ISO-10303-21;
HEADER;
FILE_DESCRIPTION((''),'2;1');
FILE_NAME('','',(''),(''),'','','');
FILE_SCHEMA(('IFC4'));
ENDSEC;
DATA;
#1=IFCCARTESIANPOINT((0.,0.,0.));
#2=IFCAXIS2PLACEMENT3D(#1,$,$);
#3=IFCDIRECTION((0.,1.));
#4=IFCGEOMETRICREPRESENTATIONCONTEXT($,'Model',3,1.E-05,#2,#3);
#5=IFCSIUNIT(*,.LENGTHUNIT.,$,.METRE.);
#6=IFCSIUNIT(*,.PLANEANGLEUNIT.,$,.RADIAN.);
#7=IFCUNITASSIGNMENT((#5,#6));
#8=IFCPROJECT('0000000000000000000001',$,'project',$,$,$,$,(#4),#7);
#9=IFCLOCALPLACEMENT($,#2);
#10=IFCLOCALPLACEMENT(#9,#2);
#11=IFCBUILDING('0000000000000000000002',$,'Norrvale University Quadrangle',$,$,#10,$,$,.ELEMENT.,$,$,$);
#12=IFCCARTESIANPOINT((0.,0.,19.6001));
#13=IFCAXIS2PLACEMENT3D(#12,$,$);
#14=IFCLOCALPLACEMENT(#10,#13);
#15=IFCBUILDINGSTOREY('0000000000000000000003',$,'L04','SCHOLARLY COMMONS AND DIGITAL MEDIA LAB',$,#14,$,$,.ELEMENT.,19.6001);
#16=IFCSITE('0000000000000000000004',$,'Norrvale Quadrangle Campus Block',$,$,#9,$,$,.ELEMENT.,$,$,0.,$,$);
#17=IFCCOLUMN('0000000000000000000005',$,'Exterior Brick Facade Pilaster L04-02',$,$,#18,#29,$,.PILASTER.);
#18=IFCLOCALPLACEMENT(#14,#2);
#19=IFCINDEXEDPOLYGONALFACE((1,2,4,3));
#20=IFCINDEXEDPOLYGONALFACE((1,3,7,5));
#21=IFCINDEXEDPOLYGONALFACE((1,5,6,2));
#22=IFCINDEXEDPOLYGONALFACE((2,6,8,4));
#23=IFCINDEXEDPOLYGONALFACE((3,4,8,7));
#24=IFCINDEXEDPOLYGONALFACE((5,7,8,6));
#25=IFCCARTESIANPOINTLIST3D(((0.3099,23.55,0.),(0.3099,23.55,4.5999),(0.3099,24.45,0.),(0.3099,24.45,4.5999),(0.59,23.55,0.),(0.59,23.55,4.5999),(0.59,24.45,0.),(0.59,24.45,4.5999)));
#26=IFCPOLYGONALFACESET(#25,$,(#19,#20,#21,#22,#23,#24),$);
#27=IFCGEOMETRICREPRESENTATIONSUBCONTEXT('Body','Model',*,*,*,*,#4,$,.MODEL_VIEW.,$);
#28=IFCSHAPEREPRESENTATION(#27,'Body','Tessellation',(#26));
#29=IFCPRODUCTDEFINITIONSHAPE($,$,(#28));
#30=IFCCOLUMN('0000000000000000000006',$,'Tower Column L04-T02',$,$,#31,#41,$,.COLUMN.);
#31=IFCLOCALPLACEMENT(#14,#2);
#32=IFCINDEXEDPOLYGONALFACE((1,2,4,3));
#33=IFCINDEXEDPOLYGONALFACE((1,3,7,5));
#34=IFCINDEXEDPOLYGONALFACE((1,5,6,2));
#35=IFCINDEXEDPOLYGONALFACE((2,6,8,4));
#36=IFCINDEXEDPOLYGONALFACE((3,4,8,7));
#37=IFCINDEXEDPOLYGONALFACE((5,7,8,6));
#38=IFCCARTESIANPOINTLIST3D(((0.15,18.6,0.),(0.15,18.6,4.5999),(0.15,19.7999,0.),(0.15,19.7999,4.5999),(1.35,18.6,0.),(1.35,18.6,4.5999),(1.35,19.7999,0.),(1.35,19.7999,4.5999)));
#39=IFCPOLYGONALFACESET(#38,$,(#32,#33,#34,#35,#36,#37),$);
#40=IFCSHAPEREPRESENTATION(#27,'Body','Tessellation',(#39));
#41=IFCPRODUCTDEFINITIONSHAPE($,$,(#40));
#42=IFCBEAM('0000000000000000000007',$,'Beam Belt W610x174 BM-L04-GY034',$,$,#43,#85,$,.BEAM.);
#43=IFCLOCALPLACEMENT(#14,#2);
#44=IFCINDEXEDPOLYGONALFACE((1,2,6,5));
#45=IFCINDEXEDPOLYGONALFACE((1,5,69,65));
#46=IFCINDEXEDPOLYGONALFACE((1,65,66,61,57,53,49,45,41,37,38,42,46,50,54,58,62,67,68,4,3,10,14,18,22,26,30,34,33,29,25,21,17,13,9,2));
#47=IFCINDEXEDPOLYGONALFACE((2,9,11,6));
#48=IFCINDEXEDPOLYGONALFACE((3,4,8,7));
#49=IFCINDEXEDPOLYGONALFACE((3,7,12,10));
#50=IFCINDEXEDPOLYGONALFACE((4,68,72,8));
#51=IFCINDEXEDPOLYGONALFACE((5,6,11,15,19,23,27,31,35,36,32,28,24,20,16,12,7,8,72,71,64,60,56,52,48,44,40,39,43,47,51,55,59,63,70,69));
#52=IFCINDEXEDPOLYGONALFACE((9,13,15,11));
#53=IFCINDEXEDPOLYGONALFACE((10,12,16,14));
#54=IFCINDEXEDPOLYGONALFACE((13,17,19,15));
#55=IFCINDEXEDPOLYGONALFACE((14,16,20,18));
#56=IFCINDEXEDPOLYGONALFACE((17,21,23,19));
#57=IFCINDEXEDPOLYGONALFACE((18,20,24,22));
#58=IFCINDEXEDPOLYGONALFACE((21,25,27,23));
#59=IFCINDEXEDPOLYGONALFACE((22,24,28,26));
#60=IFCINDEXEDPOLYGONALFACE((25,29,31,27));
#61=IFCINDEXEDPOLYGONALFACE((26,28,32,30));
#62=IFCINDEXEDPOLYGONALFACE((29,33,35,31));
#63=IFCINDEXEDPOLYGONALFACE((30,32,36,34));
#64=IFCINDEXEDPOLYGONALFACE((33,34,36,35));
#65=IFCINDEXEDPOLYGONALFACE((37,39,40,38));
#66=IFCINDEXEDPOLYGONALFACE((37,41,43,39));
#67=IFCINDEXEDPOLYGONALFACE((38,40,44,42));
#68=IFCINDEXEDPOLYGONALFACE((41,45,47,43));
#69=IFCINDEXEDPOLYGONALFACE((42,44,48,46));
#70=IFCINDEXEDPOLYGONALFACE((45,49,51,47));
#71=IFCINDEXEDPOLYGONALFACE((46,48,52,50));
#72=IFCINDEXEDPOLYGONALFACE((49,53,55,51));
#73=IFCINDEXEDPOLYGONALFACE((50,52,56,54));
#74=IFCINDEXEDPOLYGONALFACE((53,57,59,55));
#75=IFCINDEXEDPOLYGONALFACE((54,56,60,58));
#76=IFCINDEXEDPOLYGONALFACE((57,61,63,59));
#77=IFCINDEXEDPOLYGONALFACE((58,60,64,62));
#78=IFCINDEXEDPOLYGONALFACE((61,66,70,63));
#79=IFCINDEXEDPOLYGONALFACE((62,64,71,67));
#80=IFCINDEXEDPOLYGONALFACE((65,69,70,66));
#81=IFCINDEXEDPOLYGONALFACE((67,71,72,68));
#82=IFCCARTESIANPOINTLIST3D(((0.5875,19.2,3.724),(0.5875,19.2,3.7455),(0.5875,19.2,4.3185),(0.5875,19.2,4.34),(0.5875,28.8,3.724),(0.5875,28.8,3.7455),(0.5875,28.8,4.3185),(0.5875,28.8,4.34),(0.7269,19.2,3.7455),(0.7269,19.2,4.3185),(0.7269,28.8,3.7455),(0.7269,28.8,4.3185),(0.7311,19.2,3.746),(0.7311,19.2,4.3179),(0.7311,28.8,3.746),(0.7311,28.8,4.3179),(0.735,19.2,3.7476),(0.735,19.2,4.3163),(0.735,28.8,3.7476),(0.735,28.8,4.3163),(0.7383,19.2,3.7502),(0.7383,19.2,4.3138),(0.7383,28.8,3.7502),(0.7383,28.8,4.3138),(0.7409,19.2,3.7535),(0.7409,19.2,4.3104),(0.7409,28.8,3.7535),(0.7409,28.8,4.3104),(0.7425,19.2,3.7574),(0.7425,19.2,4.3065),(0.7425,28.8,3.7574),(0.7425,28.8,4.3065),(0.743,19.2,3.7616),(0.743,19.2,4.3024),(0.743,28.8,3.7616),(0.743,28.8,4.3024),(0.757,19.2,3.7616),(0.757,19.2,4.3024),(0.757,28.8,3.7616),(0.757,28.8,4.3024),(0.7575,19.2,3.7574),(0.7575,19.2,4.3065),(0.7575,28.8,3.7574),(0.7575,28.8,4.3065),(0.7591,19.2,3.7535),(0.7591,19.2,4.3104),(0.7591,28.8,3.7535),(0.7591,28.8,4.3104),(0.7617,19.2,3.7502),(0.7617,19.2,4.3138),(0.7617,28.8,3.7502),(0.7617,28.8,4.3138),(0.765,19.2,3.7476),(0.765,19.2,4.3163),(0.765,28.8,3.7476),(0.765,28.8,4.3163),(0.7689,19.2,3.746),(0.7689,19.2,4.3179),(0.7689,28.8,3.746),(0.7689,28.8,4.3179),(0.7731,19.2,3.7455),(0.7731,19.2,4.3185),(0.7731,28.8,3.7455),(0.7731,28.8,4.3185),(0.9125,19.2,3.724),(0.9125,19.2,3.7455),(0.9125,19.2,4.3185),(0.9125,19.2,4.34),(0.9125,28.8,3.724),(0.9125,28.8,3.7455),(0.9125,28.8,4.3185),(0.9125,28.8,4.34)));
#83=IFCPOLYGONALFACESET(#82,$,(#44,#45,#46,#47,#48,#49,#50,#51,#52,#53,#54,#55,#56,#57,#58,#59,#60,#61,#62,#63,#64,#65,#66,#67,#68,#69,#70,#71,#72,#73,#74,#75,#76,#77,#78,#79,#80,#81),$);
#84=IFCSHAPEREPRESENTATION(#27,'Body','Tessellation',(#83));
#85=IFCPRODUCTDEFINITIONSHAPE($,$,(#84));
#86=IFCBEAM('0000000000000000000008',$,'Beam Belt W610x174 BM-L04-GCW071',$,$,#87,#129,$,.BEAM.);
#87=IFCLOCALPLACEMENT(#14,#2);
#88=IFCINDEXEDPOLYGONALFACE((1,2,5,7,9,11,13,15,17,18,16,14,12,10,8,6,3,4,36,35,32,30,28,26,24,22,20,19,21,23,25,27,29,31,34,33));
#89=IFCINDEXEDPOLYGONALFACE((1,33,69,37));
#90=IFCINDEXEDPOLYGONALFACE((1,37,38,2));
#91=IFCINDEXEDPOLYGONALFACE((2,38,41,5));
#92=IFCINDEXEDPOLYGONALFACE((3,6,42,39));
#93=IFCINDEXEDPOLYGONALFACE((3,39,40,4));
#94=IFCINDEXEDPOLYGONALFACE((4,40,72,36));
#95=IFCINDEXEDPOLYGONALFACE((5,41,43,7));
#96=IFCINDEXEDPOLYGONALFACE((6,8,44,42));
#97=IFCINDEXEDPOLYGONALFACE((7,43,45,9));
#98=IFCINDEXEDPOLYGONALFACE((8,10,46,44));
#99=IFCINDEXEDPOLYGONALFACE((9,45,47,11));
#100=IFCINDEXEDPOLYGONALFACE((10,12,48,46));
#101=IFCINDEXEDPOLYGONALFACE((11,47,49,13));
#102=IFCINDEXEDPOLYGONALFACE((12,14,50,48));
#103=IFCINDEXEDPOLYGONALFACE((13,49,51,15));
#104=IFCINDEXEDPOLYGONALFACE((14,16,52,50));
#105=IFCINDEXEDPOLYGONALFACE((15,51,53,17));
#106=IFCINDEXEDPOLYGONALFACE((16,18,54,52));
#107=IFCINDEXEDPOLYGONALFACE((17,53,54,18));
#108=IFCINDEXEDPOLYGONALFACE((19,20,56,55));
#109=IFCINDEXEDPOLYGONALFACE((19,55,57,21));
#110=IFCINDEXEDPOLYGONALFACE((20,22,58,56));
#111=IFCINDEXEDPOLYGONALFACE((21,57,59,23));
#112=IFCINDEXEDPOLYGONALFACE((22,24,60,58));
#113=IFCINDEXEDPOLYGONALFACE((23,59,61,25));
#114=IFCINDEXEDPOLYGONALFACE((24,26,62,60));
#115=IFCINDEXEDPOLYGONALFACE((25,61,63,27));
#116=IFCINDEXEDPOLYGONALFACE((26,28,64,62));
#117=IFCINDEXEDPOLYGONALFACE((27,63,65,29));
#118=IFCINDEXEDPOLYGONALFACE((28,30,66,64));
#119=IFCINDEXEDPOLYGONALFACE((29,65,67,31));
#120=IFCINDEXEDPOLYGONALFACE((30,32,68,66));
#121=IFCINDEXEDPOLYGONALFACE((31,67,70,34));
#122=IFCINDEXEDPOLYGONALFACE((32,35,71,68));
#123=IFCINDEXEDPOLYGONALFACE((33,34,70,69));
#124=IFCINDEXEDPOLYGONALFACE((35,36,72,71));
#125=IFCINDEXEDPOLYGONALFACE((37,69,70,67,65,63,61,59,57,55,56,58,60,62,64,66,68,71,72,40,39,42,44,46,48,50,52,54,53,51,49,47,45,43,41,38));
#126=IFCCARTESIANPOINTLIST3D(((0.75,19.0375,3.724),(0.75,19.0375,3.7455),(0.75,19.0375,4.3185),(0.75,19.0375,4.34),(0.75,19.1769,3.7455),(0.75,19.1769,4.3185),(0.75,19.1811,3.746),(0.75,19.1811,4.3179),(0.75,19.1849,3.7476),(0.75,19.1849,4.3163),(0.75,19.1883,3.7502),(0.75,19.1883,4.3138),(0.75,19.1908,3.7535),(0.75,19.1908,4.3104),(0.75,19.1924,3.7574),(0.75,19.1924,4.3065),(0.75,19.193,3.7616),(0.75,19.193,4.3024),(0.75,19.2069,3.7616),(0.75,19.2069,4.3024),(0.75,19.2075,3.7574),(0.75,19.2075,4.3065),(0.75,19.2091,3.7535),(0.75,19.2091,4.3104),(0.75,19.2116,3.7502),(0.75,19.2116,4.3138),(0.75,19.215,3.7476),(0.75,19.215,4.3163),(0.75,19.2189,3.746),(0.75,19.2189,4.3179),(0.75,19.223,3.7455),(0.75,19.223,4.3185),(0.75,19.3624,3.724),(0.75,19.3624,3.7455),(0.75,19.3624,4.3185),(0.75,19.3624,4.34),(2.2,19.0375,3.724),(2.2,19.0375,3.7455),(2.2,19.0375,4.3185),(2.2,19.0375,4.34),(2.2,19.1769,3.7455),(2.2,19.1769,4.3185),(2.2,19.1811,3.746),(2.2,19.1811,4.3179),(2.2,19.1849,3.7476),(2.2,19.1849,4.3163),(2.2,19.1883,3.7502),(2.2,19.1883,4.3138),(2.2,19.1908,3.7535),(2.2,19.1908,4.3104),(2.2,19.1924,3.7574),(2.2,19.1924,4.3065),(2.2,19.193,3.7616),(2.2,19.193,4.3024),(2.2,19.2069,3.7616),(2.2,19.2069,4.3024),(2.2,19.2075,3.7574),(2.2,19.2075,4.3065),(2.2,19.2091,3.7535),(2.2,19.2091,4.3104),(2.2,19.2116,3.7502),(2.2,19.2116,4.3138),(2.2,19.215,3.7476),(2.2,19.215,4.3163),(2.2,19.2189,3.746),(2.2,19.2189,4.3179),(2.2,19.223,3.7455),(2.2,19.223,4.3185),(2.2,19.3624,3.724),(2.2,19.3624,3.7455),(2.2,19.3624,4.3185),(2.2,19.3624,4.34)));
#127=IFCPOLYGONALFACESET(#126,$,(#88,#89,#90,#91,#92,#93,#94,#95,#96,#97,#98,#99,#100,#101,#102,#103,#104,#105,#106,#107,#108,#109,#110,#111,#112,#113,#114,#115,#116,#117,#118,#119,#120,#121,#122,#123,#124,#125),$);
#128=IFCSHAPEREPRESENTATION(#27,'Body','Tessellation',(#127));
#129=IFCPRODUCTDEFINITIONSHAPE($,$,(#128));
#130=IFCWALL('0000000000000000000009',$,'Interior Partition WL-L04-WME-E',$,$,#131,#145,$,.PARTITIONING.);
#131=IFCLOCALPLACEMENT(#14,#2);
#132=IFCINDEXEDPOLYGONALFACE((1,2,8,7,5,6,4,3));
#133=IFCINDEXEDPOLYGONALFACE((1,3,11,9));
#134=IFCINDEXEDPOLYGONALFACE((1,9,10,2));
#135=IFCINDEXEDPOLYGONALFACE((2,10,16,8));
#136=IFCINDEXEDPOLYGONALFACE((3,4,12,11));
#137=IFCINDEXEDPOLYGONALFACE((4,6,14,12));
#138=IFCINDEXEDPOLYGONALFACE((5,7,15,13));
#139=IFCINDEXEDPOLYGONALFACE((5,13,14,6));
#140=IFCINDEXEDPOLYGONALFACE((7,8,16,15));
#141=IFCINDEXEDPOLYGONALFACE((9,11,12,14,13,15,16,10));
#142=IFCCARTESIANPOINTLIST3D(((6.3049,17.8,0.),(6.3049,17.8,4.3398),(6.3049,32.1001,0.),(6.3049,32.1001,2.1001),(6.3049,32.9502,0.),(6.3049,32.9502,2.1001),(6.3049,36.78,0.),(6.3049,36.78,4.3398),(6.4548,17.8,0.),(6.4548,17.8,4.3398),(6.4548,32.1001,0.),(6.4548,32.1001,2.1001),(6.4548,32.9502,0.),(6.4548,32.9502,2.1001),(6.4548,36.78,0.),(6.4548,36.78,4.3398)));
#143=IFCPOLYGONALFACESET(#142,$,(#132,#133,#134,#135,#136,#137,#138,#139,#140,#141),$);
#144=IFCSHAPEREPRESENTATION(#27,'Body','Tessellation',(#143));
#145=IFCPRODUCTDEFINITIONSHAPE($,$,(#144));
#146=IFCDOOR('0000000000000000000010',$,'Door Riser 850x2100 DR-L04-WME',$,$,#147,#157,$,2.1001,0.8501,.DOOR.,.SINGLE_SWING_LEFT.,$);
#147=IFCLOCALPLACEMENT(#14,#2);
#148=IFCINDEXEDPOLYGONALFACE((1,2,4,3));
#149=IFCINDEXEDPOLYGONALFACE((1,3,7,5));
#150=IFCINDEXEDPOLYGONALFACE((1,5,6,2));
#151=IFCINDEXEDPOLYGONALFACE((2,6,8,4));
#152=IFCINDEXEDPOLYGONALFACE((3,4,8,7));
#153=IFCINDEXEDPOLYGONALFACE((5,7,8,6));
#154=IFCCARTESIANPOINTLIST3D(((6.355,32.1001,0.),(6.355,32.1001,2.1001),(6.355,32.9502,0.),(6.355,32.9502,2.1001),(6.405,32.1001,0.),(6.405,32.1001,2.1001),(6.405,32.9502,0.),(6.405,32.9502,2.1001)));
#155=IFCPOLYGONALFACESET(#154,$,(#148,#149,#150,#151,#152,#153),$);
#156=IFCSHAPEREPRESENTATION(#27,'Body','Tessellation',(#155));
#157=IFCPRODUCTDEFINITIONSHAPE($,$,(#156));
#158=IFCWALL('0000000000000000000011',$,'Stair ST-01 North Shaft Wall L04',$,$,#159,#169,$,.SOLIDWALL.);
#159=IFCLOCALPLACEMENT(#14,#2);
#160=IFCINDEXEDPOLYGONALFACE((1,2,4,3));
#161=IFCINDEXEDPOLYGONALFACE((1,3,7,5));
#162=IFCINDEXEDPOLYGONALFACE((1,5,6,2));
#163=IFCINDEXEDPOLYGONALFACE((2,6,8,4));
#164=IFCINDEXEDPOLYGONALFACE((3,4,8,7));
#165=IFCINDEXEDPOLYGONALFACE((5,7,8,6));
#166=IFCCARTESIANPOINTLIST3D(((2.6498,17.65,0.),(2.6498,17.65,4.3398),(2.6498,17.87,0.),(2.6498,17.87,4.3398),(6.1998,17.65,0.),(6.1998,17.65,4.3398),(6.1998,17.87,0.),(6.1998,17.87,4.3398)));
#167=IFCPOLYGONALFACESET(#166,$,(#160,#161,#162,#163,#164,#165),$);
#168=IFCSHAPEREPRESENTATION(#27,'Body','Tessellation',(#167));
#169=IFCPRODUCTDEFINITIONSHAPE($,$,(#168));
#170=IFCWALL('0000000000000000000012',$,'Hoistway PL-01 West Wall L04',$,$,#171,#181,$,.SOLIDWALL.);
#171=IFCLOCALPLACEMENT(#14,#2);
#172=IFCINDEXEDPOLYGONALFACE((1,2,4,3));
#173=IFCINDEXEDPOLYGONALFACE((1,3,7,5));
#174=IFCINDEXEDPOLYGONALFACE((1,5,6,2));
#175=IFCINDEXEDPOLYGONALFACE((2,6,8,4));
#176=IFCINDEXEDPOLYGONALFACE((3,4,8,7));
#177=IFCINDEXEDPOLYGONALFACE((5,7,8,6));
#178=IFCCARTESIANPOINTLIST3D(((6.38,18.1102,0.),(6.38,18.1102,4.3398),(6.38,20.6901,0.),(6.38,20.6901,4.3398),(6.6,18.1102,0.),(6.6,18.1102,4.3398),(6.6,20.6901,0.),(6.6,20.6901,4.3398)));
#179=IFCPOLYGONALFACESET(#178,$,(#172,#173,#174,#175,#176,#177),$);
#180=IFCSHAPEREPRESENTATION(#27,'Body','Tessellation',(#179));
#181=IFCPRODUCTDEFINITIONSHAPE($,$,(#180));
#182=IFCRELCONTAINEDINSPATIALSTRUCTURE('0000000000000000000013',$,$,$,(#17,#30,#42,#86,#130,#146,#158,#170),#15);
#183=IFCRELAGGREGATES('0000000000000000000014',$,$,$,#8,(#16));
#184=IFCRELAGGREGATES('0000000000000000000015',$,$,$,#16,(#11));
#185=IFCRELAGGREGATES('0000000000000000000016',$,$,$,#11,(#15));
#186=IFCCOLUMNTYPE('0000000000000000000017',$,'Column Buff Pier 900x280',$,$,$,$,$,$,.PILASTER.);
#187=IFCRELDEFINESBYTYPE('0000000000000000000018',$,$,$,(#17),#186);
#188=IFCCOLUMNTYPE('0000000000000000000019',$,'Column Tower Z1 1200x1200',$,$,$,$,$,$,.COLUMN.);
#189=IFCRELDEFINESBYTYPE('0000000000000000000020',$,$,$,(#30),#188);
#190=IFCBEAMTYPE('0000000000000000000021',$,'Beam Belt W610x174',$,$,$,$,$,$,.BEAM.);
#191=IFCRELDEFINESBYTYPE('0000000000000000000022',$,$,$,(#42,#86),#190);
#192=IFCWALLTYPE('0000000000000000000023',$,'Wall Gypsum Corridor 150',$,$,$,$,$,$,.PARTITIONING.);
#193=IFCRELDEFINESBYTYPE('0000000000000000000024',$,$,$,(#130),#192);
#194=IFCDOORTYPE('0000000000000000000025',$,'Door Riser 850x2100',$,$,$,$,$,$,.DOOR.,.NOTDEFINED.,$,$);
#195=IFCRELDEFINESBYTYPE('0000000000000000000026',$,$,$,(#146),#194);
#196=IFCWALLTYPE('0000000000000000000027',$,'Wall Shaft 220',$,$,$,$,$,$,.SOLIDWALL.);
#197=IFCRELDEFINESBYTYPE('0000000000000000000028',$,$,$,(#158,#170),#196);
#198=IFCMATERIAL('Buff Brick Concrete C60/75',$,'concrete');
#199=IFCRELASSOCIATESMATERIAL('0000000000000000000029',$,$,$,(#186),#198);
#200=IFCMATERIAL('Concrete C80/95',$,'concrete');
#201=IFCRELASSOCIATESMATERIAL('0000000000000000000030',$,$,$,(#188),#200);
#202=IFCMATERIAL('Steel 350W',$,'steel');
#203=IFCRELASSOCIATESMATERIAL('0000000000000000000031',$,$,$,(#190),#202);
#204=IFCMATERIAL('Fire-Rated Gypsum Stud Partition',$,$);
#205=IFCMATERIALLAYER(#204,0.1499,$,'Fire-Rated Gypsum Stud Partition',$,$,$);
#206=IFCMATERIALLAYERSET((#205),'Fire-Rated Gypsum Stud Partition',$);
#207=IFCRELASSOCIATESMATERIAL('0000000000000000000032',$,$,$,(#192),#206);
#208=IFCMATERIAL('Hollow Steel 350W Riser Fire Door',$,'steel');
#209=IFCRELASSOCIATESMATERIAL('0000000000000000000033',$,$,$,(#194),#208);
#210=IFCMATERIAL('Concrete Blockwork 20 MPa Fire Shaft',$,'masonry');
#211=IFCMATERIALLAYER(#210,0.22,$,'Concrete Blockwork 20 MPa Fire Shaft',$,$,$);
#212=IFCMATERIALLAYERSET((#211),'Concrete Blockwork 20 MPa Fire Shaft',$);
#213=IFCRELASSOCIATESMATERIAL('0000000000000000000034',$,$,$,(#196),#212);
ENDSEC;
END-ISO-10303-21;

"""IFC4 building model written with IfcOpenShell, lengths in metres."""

from ifc_helpers import new_model, si_unit, direction, frame, frame_2d, origin, origin_2d, place, context, subcontext, project, spatial, rectangle, i_section, extrude, material, layer, layer_set, material_profile, profile_set, type_object, element, fill, save


model = new_model("IFC4")

# Units and contexts
model_context = context("Model", 3, precision=1e-05, world=origin(), true_north=direction((0.0, 1.0)))
body_context = subcontext(model_context, "Body", "Model", "MODEL_VIEW")
ifc_project = project(units=[si_unit("LENGTHUNIT", "METRE"), si_unit("PLANEANGLEUNIT", "RADIAN")], contexts=[model_context])

# Site, building, storey
site_placement = place(None, origin())
site = spatial("IfcSite", under=ifc_project, at=site_placement, Name="Norrvale Quadrangle Campus Block", CompositionType="ELEMENT", RefElevation=0.0)
building_placement = place(site_placement, origin())
building = spatial("IfcBuilding", under=site, at=building_placement, Name="Norrvale University Quadrangle", CompositionType="ELEMENT")
storey_placement = place(building_placement, frame((0.0, 0.0, 19.6001)))
storey = spatial("IfcBuildingStorey", under=building, at=storey_placement, Name="L04", Description="SCHOLARLY COMMONS AND DIGITAL MEDIA LAB", CompositionType="ELEMENT", Elevation=19.6001)

# Columns
ifc_material_1 = material(Name="Buff Brick Concrete C60/75", Category="concrete")
ifc_material_profile_1 = material_profile(ifc_material_1, rectangle(XDim=0.8999, YDim=0.28, at=origin_2d()), Name="Buff Brick Concrete C60/75")
ifc_profile_set_1 = profile_set([ifc_material_profile_1], Name="Buff Brick Concrete C60/75")
column_type_1 = type_object("IfcColumnType", Name="Column Buff Pier 900x280", PredefinedType="PILASTER", material=ifc_profile_set_1)
column_1_placement = place(storey_placement, frame((0.45, 24.0, 0.0), z_axis=(0.0, 0.0, 1.0), x_axis=(0.0, 1.0, 0.0)))
element("IfcColumn", 1, at=column_1_placement, inside=storey, type_object=column_type_1, Name="Exterior Brick Facade Pilaster L04-02", PredefinedType="PILASTER", context=body_context, shape_type="SweptSolid", body=[
    extrude(rectangle(XDim=0.8999, YDim=0.28, at=origin_2d()), origin(), (0.0, 0.0, 1.0), 4.5999),
])
ifc_material_2 = material(Name="Concrete C80/95", Category="concrete")
ifc_material_profile_2 = material_profile(ifc_material_2, rectangle(XDim=1.2, YDim=1.2, at=origin_2d()), Name="Concrete C80/95")
ifc_profile_set_2 = profile_set([ifc_material_profile_2], Name="Concrete C80/95")
column_type_2 = type_object("IfcColumnType", Name="Column Tower Z1 1200x1200", PredefinedType="COLUMN", material=ifc_profile_set_2)
column_2_placement = place(storey_placement, frame((0.75, 19.2, 0.0), z_axis=(0.0, 0.0, 1.0), x_axis=(1.0, 0.0, 0.0)))
element("IfcColumn", 2, at=column_2_placement, inside=storey, type_object=column_type_2, Name="Tower Column L04-T02", PredefinedType="COLUMN", context=body_context, shape_type="SweptSolid", body=[
    extrude(rectangle(XDim=1.2, YDim=1.2, at=origin_2d()), origin(), (0.0, 0.0, 1.0), 4.5999),
])

# Beams
ifc_material_3 = material(Name="Steel 350W", Category="steel")
ifc_material_profile_3 = material_profile(ifc_material_3, i_section(OverallWidth=0.325, OverallDepth=0.616, WebThickness=0.0139, FlangeThickness=0.0215, FilletRadius=0.0161, at=origin_2d()), Name="Steel 350W")
ifc_profile_set_3 = profile_set([ifc_material_profile_3], Name="Steel 350W")
beam_type = type_object("IfcBeamType", Name="Beam Belt W610x174", PredefinedType="BEAM", material=ifc_profile_set_3)
beam_1_placement = place(storey_placement, frame((0.75, 19.2, 4.032), z_axis=(0.0, 1.0, 0.0), x_axis=(-1.0, 0.0, 0.0)))
element("IfcBeam", 3, at=beam_1_placement, inside=storey, type_object=beam_type, Name="Beam Belt W610x174 BM-L04-GY034", PredefinedType="BEAM", context=body_context, shape_type="SweptSolid", body=[
    extrude(i_section(OverallWidth=0.325, OverallDepth=0.616, WebThickness=0.0139, FlangeThickness=0.0215, FilletRadius=0.0161, at=origin_2d()), origin(), (0.0, 0.0, 1.0), 9.6001),
])
beam_2_placement = place(storey_placement, frame((0.75, 19.2, 4.032), z_axis=(1.0, 0.0, 0.0), x_axis=(0.0, 1.0, 0.0)))
element("IfcBeam", 4, at=beam_2_placement, inside=storey, type_object=beam_type, Name="Beam Belt W610x174 BM-L04-GCW071", PredefinedType="BEAM", context=body_context, shape_type="SweptSolid", body=[
    extrude(i_section(OverallWidth=0.325, OverallDepth=0.616, WebThickness=0.0139, FlangeThickness=0.0215, FilletRadius=0.0161, at=origin_2d()), origin(), (0.0, 0.0, 1.0), 1.45),
])

# Wall, opening, door
ifc_material_4 = material(Name="Fire-Rated Gypsum Stud Partition")
ifc_layer_1 = layer(ifc_material_4, 0.1499, Name="Fire-Rated Gypsum Stud Partition")
ifc_layer_set_1 = layer_set([ifc_layer_1], Name="Fire-Rated Gypsum Stud Partition")
wall_type_1 = type_object("IfcWallType", Name="Wall Gypsum Corridor 150", PredefinedType="PARTITIONING", material=ifc_layer_set_1)
wall_1_placement = place(storey_placement, frame((6.3799, 17.8, 0.0), z_axis=(0.0, 0.0, 1.0), x_axis=(0.0, 1.0, 0.0)))
wall_1 = element("IfcWall", 5, at=wall_1_placement, inside=storey, type_object=wall_type_1, Name="Interior Partition WL-L04-WME-E", PredefinedType="PARTITIONING", context=body_context, shape_type="SweptSolid", body=[
    extrude(rectangle(XDim=18.98, YDim=0.1499, at=frame_2d((9.49, 0.0))), origin(), (0.0, 0.0, 1.0), 4.3398),
])
opening_1_placement = place(wall_1_placement, frame((14.3, 0.0, 0.0)))
opening_1 = element("IfcOpeningElement", 6, at=opening_1_placement, cuts=wall_1, PredefinedType="OPENING", context=body_context, shape_type="SweptSolid", body=[
    extrude(rectangle(XDim=0.8501, YDim=2.1001, at=frame_2d((0.425, 1.05))), frame((0.0, 0.0869, 0.0), z_axis=(0.0, -1.0, 0.0), x_axis=(1.0, 0.0, 0.0)), (0.0, 0.0, 1.0), 0.1738),
])
ifc_material_5 = material(Name="Hollow Steel 350W Riser Fire Door", Category="steel")
door_type_1 = type_object("IfcDoorType", Name="Door Riser 850x2100", OperationType="NOTDEFINED", PredefinedType="DOOR", material=ifc_material_5)
door_1_placement = place(opening_1_placement, origin())
door_1 = element("IfcDoor", 7, at=door_1_placement, inside=storey, type_object=door_type_1, Name="Door Riser 850x2100 DR-L04-WME", OperationType="SINGLE_SWING_LEFT", OverallHeight=2.1001, OverallWidth=0.8501, PredefinedType="DOOR", context=body_context, shape_type="SweptSolid", body=[
    extrude(rectangle(XDim=0.8501, YDim=2.1001, at=frame_2d((0.425, 1.05))), frame((0.0, 0.0249, 0.0), z_axis=(0.0, -1.0, 0.0), x_axis=(1.0, 0.0, 0.0)), (0.0, 0.0, 1.0), 0.05),
])
fill(opening_1, door_1)

# Walls
ifc_material_6 = material(Name="Concrete Blockwork 20 MPa Fire Shaft", Category="masonry")
ifc_layer_2 = layer(ifc_material_6, 0.22, Name="Concrete Blockwork 20 MPa Fire Shaft")
ifc_layer_set_2 = layer_set([ifc_layer_2], Name="Concrete Blockwork 20 MPa Fire Shaft")
wall_type_2 = type_object("IfcWallType", Name="Wall Shaft 220", PredefinedType="SOLIDWALL", material=ifc_layer_set_2)
wall_2_placement = place(storey_placement, frame((2.6499, 17.76, 0.0), z_axis=(0.0, 0.0, 1.0), x_axis=(1.0, 0.0, 0.0)))
element("IfcWall", 8, at=wall_2_placement, inside=storey, type_object=wall_type_2, Name="Stair ST-01 North Shaft Wall L04", PredefinedType="SOLIDWALL", context=body_context, shape_type="SweptSolid", body=[
    extrude(rectangle(XDim=3.55, YDim=0.22, at=frame_2d((1.7749, 0.0))), origin(), (0.0, 0.0, 1.0), 4.3398),
])
wall_3_placement = place(storey_placement, frame((6.49, 18.1101, 0.0), z_axis=(0.0, 0.0, 1.0), x_axis=(0.0, 1.0, 0.0)))
element("IfcWall", 9, at=wall_3_placement, inside=storey, type_object=wall_type_2, Name="Hoistway PL-01 West Wall L04", PredefinedType="SOLIDWALL", context=body_context, shape_type="SweptSolid", body=[
    extrude(rectangle(XDim=2.5798, YDim=0.22, at=frame_2d((1.29, 0.0))), origin(), (0.0, 0.0, 1.0), 4.3398),
])

save(model, "model.ifc")
